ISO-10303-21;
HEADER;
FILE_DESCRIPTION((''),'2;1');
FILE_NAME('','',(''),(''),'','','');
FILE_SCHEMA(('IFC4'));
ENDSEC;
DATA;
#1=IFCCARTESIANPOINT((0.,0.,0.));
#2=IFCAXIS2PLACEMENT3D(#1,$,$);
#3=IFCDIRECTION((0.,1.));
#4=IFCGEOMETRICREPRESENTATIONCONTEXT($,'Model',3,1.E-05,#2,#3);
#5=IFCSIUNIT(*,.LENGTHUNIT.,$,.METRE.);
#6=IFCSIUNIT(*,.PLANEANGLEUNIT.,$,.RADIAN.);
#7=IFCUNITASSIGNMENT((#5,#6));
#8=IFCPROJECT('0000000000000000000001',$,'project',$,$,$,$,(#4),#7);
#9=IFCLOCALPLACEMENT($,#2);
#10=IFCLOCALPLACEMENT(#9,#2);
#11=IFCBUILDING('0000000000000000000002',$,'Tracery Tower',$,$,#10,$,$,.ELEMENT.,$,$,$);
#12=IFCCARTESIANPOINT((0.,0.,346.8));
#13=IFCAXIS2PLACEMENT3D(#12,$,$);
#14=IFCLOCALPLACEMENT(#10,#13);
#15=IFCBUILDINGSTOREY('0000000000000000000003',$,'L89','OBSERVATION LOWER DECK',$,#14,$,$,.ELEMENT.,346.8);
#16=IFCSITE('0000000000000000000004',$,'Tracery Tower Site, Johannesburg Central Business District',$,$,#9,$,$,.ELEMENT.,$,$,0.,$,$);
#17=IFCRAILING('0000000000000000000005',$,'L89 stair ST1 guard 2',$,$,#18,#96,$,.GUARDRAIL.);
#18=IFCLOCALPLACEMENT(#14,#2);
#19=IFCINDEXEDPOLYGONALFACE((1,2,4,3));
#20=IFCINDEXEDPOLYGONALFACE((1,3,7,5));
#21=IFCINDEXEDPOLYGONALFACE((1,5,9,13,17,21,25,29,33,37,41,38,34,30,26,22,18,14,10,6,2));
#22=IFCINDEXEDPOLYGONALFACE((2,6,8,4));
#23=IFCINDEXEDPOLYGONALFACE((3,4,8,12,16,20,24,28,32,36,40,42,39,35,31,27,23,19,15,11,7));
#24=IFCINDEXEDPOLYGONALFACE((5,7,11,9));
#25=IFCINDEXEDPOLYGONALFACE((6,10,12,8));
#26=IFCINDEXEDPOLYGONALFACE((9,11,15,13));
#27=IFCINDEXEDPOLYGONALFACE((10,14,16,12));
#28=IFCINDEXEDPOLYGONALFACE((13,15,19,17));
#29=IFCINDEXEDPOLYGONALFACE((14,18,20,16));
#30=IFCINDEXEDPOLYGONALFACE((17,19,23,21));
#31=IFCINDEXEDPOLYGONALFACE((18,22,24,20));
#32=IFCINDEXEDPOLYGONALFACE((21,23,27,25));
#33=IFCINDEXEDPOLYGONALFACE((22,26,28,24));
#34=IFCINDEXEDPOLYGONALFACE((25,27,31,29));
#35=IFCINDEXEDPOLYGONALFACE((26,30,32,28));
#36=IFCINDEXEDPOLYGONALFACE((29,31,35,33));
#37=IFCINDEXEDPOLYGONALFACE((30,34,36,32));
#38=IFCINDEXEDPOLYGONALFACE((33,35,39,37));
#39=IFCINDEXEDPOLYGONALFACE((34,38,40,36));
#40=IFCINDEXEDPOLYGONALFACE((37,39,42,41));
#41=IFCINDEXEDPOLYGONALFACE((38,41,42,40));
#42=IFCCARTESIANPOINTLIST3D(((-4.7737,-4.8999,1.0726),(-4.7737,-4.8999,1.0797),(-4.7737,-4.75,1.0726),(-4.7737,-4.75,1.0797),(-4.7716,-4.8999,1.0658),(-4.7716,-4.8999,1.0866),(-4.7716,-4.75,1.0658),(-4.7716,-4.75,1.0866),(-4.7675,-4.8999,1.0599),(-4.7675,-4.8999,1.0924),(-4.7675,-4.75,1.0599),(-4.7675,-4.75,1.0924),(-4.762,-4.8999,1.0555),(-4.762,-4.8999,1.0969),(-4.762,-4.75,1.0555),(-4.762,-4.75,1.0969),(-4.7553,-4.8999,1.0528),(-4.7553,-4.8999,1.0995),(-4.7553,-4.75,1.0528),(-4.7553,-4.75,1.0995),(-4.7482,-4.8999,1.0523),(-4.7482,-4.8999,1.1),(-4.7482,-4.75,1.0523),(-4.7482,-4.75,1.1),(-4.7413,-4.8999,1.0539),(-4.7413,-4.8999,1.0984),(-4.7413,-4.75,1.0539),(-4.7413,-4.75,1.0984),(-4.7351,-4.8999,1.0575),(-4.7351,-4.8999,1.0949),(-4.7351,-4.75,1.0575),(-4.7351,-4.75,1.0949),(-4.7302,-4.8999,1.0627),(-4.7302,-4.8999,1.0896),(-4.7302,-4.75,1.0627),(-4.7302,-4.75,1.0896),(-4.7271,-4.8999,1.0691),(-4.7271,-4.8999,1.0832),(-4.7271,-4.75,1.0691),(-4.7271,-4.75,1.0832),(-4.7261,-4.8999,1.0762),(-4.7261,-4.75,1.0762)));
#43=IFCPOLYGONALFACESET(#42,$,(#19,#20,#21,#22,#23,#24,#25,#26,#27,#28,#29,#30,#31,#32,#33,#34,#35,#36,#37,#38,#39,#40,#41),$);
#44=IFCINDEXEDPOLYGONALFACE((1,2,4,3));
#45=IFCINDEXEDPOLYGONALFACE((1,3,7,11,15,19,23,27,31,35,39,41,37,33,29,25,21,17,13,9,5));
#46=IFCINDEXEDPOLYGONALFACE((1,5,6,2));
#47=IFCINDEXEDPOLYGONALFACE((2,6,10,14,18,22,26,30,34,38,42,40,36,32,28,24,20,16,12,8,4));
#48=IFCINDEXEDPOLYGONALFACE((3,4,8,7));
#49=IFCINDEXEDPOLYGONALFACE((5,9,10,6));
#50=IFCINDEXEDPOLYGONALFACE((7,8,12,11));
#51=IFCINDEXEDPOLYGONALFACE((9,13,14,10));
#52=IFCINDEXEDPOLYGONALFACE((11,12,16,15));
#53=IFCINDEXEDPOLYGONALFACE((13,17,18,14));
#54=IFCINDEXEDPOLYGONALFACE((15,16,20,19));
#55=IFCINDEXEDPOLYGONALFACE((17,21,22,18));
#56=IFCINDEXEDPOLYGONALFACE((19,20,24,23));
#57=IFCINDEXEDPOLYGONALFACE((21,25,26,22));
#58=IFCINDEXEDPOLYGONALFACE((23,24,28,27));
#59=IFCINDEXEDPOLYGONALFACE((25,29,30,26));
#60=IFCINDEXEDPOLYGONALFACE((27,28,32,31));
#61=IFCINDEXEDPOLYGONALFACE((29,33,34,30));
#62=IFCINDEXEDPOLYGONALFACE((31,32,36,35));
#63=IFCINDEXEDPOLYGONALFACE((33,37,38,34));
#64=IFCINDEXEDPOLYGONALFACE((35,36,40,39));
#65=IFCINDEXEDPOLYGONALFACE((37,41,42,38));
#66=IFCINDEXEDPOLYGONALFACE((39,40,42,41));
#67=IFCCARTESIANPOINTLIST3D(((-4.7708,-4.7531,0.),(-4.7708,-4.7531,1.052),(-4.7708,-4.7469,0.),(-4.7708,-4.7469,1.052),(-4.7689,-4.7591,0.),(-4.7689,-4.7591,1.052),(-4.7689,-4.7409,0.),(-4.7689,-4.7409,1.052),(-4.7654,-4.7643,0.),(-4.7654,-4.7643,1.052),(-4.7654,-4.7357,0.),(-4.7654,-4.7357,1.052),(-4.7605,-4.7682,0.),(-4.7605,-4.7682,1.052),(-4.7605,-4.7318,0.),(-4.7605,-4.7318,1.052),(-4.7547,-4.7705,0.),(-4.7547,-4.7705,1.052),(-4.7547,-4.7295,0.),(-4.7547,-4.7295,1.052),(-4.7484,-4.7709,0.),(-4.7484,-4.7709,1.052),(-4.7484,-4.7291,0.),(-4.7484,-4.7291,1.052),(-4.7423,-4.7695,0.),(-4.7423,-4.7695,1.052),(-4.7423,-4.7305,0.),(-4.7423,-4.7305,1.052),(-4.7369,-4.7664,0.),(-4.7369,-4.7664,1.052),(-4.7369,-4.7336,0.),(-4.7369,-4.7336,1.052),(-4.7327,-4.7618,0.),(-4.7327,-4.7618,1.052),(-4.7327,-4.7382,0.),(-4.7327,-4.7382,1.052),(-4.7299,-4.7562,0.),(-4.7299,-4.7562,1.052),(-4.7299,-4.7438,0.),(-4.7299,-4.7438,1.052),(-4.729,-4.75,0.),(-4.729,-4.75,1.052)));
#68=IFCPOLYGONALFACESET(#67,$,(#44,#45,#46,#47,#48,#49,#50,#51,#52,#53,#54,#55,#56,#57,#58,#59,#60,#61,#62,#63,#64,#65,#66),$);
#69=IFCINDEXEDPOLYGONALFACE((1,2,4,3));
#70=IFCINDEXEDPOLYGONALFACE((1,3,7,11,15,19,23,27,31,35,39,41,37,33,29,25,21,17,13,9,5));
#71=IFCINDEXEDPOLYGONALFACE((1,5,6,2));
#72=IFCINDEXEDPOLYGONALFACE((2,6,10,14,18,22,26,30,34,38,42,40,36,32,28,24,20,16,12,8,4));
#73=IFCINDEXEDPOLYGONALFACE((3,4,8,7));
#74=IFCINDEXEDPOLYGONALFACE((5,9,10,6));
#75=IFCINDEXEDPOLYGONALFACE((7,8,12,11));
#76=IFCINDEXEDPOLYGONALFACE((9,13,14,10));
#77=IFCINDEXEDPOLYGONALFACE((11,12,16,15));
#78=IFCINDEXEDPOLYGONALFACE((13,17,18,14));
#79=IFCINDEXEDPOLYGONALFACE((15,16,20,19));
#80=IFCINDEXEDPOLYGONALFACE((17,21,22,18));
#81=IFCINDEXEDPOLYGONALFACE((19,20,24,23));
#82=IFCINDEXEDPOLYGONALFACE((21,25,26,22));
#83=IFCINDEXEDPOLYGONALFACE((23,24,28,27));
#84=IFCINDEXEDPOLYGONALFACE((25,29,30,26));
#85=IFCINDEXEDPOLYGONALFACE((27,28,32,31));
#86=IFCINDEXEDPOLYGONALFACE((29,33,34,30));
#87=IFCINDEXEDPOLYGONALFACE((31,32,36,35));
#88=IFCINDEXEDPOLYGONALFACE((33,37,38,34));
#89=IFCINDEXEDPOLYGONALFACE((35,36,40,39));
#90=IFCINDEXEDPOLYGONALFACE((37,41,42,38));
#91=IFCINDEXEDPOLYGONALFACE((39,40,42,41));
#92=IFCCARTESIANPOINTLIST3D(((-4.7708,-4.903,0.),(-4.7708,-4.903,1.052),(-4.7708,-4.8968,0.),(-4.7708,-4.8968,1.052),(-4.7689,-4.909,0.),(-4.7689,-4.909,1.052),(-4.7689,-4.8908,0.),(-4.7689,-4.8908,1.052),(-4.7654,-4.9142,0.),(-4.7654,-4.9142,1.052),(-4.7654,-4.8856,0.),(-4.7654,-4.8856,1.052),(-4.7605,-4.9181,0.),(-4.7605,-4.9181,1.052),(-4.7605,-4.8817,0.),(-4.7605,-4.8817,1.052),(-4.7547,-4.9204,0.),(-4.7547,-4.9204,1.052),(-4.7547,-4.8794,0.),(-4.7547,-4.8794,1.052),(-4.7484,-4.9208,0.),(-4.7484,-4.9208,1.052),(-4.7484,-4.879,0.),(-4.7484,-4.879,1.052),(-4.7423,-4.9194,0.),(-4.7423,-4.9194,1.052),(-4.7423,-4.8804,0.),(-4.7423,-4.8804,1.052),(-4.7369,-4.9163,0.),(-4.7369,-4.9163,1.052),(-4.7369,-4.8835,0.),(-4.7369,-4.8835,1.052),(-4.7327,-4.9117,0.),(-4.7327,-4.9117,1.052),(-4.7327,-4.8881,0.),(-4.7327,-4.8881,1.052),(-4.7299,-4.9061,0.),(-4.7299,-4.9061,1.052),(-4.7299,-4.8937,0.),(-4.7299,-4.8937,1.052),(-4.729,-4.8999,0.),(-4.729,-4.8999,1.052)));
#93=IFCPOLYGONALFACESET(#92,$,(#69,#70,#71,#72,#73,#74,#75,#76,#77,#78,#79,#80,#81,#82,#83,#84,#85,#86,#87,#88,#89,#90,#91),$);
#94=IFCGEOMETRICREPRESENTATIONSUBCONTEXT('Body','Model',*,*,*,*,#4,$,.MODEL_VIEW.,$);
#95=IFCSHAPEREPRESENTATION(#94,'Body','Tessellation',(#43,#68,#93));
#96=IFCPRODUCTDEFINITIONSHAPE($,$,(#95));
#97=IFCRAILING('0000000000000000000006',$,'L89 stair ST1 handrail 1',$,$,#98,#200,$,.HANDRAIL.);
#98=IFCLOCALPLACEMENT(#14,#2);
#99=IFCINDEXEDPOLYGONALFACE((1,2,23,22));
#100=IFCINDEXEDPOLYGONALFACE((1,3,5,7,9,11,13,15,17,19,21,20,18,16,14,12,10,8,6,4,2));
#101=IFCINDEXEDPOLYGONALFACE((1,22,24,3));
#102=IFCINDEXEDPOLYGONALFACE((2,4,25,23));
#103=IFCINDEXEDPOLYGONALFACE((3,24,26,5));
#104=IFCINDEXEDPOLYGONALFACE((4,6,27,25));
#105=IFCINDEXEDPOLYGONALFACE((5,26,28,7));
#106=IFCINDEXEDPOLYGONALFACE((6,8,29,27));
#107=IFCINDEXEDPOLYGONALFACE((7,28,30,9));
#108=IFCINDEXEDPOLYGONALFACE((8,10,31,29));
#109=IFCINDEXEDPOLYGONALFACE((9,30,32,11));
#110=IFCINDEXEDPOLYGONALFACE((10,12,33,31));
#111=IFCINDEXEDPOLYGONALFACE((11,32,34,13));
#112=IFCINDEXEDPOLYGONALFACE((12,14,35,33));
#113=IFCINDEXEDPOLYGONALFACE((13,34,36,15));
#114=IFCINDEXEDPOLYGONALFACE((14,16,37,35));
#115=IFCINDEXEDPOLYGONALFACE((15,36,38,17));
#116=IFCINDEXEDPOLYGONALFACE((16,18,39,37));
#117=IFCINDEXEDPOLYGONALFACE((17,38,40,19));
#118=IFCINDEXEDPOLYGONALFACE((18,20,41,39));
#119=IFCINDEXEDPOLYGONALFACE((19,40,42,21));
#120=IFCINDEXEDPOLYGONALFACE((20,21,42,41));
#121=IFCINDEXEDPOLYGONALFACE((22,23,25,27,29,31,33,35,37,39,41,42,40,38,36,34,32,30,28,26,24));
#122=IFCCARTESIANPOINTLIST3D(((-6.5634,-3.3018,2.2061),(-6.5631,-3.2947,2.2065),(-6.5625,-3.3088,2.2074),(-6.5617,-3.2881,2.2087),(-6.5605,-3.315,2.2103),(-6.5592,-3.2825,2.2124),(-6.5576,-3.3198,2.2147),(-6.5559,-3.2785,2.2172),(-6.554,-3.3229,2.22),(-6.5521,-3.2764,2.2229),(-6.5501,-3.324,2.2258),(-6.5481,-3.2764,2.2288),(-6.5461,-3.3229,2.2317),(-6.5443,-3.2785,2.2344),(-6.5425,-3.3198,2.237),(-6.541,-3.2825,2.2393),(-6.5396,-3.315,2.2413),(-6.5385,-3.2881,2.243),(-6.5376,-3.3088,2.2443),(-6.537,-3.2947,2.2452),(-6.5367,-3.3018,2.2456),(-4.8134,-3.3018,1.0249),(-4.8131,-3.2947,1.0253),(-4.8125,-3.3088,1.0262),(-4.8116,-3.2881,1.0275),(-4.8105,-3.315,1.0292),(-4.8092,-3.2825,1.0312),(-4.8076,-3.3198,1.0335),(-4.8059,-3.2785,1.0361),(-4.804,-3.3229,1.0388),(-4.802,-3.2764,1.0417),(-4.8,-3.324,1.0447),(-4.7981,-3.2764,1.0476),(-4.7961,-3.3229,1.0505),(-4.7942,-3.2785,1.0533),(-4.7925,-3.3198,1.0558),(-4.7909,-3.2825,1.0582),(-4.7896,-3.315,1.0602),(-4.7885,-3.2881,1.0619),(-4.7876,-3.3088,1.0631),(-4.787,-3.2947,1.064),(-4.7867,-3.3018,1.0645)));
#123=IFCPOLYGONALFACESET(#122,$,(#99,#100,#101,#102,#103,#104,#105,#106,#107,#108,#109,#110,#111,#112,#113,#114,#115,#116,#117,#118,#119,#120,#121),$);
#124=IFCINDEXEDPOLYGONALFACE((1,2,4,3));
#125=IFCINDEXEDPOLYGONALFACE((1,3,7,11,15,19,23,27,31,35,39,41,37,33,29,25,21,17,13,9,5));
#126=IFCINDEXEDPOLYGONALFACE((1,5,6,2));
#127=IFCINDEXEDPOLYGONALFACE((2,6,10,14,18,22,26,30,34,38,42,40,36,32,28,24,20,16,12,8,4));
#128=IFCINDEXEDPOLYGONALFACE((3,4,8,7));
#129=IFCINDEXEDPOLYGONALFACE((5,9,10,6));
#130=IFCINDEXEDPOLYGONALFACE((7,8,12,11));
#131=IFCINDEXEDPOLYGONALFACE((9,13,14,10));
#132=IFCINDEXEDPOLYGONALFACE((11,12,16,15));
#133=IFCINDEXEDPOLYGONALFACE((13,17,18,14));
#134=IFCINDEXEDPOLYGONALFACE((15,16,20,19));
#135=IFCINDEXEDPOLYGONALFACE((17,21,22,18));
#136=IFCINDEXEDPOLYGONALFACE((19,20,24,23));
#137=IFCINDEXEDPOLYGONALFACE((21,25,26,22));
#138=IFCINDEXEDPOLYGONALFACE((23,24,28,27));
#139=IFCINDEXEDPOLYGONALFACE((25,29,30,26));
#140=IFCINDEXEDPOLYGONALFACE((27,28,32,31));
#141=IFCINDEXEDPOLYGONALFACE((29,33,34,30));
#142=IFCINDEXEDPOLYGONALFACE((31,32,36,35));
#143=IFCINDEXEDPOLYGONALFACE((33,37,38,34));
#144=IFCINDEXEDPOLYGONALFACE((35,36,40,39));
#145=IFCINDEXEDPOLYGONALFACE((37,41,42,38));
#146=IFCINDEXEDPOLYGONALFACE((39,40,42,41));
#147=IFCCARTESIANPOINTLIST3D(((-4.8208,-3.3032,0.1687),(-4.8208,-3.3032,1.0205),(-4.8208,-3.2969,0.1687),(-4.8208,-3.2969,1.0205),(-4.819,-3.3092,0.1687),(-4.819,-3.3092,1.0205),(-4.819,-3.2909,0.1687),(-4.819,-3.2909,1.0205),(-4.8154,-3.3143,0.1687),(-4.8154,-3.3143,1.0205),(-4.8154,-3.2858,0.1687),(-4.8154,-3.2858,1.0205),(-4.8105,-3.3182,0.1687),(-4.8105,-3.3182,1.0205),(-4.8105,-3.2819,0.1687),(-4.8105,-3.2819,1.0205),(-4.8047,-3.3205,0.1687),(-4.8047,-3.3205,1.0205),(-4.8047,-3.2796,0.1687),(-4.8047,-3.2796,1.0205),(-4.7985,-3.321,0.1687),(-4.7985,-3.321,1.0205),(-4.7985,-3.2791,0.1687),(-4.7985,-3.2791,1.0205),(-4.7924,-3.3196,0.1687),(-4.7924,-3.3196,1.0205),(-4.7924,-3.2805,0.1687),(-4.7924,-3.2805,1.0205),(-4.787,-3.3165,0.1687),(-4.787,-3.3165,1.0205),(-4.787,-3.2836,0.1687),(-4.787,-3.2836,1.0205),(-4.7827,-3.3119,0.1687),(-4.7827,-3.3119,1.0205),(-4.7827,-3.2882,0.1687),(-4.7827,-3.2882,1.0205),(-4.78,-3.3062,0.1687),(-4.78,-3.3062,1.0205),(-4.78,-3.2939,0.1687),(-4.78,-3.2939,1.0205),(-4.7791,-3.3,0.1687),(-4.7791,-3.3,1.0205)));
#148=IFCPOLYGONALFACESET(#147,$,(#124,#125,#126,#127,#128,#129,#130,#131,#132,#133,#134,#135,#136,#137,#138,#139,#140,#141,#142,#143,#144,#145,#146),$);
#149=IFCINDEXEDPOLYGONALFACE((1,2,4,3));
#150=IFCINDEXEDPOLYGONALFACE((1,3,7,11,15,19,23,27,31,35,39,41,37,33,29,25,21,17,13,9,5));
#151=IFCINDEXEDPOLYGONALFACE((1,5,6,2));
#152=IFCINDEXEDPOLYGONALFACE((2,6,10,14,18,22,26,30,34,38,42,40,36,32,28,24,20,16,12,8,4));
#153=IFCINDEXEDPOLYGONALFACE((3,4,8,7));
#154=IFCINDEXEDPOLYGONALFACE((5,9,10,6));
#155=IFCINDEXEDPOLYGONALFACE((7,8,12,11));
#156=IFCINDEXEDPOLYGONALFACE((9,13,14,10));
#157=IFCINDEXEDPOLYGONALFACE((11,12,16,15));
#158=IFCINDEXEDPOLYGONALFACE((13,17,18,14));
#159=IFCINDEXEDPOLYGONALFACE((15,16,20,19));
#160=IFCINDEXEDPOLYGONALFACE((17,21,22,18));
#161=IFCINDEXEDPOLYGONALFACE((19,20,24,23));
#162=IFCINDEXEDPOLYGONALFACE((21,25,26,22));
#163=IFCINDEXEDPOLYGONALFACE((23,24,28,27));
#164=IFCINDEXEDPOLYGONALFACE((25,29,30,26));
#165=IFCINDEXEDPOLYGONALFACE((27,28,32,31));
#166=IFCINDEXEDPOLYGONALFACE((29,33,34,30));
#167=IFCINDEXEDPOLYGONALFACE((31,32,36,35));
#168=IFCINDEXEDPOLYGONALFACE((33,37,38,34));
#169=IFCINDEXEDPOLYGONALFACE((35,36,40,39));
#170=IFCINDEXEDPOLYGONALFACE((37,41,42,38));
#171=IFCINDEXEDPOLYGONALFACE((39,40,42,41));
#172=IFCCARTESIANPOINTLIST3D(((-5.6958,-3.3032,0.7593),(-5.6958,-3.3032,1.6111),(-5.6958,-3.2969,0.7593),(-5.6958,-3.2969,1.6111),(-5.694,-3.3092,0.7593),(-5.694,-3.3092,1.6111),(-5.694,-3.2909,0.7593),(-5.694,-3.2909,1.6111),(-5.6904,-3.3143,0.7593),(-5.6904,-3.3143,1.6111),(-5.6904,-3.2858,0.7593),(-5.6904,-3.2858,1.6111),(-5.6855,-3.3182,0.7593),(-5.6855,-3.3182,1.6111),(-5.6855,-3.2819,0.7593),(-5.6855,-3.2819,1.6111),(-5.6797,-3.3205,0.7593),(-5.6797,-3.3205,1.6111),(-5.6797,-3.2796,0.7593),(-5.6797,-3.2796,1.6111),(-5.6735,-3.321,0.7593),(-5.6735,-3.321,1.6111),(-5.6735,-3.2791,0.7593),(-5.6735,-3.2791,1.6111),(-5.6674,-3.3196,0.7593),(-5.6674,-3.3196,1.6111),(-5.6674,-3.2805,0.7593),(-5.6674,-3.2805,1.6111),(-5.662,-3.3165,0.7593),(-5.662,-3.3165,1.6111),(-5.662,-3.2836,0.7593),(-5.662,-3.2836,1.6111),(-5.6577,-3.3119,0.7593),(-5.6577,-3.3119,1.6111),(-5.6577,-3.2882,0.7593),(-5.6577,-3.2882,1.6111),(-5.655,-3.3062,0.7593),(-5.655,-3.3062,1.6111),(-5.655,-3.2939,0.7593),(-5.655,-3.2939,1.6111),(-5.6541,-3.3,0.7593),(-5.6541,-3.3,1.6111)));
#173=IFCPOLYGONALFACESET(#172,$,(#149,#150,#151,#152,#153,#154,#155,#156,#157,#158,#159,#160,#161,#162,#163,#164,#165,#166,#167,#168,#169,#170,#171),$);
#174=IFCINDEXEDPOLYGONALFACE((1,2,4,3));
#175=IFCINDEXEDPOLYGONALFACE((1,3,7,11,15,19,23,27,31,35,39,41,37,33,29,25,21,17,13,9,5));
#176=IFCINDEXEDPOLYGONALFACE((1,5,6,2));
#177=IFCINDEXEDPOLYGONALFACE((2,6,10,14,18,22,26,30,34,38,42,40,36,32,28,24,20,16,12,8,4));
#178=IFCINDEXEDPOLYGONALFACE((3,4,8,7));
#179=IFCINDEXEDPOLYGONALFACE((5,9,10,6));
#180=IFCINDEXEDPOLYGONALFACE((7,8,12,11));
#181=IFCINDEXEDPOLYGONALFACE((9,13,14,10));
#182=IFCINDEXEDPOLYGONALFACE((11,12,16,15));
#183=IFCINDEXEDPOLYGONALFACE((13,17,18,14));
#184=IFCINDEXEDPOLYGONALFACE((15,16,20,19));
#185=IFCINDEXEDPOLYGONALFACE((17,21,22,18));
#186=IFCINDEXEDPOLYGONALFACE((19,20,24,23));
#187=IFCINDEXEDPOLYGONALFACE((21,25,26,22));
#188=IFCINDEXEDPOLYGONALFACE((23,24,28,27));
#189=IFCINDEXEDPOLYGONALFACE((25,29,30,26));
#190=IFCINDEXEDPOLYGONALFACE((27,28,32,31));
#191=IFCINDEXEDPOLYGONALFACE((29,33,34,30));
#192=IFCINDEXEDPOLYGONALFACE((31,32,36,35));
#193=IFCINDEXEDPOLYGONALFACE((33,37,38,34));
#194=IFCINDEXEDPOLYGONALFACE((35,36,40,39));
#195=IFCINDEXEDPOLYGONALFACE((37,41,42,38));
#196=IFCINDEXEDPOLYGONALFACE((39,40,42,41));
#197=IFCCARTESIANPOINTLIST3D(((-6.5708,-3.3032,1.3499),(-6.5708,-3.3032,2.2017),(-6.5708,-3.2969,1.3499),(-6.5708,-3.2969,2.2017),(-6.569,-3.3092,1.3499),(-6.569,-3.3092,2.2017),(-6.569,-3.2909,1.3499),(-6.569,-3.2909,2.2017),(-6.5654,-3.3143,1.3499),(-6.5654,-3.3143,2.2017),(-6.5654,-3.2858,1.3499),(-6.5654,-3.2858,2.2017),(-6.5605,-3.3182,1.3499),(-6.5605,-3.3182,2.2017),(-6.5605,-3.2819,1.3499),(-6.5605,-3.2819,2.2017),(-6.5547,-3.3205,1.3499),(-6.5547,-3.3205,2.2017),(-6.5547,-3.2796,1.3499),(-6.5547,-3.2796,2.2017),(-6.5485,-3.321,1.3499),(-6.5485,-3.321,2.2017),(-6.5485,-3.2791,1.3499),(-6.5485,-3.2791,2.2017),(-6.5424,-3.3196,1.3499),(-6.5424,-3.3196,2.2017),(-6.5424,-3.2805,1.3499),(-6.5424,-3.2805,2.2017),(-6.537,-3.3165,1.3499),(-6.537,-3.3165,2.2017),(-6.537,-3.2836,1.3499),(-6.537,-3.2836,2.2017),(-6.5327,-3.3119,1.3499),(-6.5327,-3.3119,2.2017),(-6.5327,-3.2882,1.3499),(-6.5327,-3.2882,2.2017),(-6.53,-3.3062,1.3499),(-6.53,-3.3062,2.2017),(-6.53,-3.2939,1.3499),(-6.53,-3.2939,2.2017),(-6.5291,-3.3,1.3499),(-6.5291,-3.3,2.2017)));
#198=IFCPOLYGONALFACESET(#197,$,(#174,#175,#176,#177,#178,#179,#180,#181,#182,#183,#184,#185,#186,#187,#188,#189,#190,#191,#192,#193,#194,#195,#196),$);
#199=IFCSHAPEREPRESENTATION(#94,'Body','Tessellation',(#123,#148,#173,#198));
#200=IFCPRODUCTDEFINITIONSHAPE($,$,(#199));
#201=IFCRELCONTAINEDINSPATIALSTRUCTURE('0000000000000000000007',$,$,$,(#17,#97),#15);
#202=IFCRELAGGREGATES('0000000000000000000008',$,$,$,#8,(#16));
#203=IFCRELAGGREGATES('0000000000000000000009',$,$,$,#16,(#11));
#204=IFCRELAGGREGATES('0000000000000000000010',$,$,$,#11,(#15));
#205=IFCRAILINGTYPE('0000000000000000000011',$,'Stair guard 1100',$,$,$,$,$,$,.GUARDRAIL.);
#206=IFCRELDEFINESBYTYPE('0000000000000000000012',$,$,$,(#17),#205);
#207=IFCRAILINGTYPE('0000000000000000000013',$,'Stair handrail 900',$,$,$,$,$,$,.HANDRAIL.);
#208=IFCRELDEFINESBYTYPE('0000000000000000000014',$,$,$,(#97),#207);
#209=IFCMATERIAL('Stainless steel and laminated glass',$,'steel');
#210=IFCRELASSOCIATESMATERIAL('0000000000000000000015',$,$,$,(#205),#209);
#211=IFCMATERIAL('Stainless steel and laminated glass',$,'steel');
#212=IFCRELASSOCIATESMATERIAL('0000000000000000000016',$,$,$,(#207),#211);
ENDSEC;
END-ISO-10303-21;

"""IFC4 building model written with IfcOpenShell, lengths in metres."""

from ifc_helpers import new_model, si_unit, direction, frame, origin, origin_2d, place, context, subcontext, project, spatial, circle, extrude, material, type_object, element, save


model = new_model("IFC4")

# Units and contexts
model_context = context("Model", 3, precision=1e-05, world=origin(), true_north=direction((0.0, 1.0)))
body_context = subcontext(model_context, "Body", "Model", "MODEL_VIEW")
ifc_project = project(units=[si_unit("LENGTHUNIT", "METRE"), si_unit("PLANEANGLEUNIT", "RADIAN")], contexts=[model_context])

# Site, building, storey
site_placement = place(None, origin())
site = spatial("IfcSite", under=ifc_project, at=site_placement, Name="Tracery Tower Site, Johannesburg Central Business District", CompositionType="ELEMENT", RefElevation=0.0)
building_placement = place(site_placement, origin())
building = spatial("IfcBuilding", under=site, at=building_placement, Name="Tracery Tower", CompositionType="ELEMENT")
storey_placement = place(building_placement, frame((0.0, 0.0, 346.8)))
storey = spatial("IfcBuildingStorey", under=building, at=storey_placement, Name="L89", Description="OBSERVATION LOWER DECK", CompositionType="ELEMENT", Elevation=346.8)

# Railings
ifc_material_1 = material(Name="Stainless steel and laminated glass", Category="steel")
railing_type_1 = type_object("IfcRailingType", Name="Stair guard 1100", PredefinedType="GUARDRAIL", material=ifc_material_1)
railing_1_placement = place(storey_placement, frame((-4.75, -4.75, 0.0)))
element("IfcRailing", 1, at=railing_1_placement, inside=storey, type_object=railing_type_1, Name="L89 stair ST1 guard 2", PredefinedType="GUARDRAIL", context=body_context, shape_type="SweptSolid", body=[
    extrude(circle(Radius=0.0239, at=origin_2d()), frame((0.0, 0.0, 1.0762), z_axis=(0.0, -1.0, 0.0), x_axis=(1.0, 0.0, 0.0)), (0.0, 0.0, 1.0), 0.1499),
    extrude(circle(Radius=0.021, at=origin_2d()), origin(), (0.0, 0.0, 1.0), 1.052),
    extrude(circle(Radius=0.021, at=origin_2d()), frame((0.0, -0.1499, 0.0)), (0.0, 0.0, 1.0), 1.052),
])
ifc_material_2 = material(Name="Stainless steel and laminated glass", Category="steel")
railing_type_2 = type_object("IfcRailingType", Name="Stair handrail 900", PredefinedType="HANDRAIL", material=ifc_material_2)
railing_2_placement = place(storey_placement, frame((-4.8, -3.3, 0.1687)))
element("IfcRailing", 2, at=railing_2_placement, inside=storey, type_object=railing_type_2, Name="L89 stair ST1 handrail 1", PredefinedType="HANDRAIL", context=body_context, shape_type="SweptSolid", body=[
    extrude(circle(Radius=0.0239, at=origin_2d()), frame((0.0, 0.0, 0.876), z_axis=(-0.82887, 0.0, 0.559441), x_axis=(0.0, -1.0, 0.0)), (0.0, 0.0, 1.0), 2.1113),
    extrude(circle(Radius=0.021, at=origin_2d()), origin(), (0.0, 0.0, 1.0), 0.8518),
    extrude(circle(Radius=0.021, at=origin_2d()), frame((-0.875, 0.0, 0.5906)), (0.0, 0.0, 1.0), 0.8518),
    extrude(circle(Radius=0.021, at=origin_2d()), frame((-1.75, 0.0, 1.1812)), (0.0, 0.0, 1.0), 0.8518),
])

save(model, "model.ifc")
